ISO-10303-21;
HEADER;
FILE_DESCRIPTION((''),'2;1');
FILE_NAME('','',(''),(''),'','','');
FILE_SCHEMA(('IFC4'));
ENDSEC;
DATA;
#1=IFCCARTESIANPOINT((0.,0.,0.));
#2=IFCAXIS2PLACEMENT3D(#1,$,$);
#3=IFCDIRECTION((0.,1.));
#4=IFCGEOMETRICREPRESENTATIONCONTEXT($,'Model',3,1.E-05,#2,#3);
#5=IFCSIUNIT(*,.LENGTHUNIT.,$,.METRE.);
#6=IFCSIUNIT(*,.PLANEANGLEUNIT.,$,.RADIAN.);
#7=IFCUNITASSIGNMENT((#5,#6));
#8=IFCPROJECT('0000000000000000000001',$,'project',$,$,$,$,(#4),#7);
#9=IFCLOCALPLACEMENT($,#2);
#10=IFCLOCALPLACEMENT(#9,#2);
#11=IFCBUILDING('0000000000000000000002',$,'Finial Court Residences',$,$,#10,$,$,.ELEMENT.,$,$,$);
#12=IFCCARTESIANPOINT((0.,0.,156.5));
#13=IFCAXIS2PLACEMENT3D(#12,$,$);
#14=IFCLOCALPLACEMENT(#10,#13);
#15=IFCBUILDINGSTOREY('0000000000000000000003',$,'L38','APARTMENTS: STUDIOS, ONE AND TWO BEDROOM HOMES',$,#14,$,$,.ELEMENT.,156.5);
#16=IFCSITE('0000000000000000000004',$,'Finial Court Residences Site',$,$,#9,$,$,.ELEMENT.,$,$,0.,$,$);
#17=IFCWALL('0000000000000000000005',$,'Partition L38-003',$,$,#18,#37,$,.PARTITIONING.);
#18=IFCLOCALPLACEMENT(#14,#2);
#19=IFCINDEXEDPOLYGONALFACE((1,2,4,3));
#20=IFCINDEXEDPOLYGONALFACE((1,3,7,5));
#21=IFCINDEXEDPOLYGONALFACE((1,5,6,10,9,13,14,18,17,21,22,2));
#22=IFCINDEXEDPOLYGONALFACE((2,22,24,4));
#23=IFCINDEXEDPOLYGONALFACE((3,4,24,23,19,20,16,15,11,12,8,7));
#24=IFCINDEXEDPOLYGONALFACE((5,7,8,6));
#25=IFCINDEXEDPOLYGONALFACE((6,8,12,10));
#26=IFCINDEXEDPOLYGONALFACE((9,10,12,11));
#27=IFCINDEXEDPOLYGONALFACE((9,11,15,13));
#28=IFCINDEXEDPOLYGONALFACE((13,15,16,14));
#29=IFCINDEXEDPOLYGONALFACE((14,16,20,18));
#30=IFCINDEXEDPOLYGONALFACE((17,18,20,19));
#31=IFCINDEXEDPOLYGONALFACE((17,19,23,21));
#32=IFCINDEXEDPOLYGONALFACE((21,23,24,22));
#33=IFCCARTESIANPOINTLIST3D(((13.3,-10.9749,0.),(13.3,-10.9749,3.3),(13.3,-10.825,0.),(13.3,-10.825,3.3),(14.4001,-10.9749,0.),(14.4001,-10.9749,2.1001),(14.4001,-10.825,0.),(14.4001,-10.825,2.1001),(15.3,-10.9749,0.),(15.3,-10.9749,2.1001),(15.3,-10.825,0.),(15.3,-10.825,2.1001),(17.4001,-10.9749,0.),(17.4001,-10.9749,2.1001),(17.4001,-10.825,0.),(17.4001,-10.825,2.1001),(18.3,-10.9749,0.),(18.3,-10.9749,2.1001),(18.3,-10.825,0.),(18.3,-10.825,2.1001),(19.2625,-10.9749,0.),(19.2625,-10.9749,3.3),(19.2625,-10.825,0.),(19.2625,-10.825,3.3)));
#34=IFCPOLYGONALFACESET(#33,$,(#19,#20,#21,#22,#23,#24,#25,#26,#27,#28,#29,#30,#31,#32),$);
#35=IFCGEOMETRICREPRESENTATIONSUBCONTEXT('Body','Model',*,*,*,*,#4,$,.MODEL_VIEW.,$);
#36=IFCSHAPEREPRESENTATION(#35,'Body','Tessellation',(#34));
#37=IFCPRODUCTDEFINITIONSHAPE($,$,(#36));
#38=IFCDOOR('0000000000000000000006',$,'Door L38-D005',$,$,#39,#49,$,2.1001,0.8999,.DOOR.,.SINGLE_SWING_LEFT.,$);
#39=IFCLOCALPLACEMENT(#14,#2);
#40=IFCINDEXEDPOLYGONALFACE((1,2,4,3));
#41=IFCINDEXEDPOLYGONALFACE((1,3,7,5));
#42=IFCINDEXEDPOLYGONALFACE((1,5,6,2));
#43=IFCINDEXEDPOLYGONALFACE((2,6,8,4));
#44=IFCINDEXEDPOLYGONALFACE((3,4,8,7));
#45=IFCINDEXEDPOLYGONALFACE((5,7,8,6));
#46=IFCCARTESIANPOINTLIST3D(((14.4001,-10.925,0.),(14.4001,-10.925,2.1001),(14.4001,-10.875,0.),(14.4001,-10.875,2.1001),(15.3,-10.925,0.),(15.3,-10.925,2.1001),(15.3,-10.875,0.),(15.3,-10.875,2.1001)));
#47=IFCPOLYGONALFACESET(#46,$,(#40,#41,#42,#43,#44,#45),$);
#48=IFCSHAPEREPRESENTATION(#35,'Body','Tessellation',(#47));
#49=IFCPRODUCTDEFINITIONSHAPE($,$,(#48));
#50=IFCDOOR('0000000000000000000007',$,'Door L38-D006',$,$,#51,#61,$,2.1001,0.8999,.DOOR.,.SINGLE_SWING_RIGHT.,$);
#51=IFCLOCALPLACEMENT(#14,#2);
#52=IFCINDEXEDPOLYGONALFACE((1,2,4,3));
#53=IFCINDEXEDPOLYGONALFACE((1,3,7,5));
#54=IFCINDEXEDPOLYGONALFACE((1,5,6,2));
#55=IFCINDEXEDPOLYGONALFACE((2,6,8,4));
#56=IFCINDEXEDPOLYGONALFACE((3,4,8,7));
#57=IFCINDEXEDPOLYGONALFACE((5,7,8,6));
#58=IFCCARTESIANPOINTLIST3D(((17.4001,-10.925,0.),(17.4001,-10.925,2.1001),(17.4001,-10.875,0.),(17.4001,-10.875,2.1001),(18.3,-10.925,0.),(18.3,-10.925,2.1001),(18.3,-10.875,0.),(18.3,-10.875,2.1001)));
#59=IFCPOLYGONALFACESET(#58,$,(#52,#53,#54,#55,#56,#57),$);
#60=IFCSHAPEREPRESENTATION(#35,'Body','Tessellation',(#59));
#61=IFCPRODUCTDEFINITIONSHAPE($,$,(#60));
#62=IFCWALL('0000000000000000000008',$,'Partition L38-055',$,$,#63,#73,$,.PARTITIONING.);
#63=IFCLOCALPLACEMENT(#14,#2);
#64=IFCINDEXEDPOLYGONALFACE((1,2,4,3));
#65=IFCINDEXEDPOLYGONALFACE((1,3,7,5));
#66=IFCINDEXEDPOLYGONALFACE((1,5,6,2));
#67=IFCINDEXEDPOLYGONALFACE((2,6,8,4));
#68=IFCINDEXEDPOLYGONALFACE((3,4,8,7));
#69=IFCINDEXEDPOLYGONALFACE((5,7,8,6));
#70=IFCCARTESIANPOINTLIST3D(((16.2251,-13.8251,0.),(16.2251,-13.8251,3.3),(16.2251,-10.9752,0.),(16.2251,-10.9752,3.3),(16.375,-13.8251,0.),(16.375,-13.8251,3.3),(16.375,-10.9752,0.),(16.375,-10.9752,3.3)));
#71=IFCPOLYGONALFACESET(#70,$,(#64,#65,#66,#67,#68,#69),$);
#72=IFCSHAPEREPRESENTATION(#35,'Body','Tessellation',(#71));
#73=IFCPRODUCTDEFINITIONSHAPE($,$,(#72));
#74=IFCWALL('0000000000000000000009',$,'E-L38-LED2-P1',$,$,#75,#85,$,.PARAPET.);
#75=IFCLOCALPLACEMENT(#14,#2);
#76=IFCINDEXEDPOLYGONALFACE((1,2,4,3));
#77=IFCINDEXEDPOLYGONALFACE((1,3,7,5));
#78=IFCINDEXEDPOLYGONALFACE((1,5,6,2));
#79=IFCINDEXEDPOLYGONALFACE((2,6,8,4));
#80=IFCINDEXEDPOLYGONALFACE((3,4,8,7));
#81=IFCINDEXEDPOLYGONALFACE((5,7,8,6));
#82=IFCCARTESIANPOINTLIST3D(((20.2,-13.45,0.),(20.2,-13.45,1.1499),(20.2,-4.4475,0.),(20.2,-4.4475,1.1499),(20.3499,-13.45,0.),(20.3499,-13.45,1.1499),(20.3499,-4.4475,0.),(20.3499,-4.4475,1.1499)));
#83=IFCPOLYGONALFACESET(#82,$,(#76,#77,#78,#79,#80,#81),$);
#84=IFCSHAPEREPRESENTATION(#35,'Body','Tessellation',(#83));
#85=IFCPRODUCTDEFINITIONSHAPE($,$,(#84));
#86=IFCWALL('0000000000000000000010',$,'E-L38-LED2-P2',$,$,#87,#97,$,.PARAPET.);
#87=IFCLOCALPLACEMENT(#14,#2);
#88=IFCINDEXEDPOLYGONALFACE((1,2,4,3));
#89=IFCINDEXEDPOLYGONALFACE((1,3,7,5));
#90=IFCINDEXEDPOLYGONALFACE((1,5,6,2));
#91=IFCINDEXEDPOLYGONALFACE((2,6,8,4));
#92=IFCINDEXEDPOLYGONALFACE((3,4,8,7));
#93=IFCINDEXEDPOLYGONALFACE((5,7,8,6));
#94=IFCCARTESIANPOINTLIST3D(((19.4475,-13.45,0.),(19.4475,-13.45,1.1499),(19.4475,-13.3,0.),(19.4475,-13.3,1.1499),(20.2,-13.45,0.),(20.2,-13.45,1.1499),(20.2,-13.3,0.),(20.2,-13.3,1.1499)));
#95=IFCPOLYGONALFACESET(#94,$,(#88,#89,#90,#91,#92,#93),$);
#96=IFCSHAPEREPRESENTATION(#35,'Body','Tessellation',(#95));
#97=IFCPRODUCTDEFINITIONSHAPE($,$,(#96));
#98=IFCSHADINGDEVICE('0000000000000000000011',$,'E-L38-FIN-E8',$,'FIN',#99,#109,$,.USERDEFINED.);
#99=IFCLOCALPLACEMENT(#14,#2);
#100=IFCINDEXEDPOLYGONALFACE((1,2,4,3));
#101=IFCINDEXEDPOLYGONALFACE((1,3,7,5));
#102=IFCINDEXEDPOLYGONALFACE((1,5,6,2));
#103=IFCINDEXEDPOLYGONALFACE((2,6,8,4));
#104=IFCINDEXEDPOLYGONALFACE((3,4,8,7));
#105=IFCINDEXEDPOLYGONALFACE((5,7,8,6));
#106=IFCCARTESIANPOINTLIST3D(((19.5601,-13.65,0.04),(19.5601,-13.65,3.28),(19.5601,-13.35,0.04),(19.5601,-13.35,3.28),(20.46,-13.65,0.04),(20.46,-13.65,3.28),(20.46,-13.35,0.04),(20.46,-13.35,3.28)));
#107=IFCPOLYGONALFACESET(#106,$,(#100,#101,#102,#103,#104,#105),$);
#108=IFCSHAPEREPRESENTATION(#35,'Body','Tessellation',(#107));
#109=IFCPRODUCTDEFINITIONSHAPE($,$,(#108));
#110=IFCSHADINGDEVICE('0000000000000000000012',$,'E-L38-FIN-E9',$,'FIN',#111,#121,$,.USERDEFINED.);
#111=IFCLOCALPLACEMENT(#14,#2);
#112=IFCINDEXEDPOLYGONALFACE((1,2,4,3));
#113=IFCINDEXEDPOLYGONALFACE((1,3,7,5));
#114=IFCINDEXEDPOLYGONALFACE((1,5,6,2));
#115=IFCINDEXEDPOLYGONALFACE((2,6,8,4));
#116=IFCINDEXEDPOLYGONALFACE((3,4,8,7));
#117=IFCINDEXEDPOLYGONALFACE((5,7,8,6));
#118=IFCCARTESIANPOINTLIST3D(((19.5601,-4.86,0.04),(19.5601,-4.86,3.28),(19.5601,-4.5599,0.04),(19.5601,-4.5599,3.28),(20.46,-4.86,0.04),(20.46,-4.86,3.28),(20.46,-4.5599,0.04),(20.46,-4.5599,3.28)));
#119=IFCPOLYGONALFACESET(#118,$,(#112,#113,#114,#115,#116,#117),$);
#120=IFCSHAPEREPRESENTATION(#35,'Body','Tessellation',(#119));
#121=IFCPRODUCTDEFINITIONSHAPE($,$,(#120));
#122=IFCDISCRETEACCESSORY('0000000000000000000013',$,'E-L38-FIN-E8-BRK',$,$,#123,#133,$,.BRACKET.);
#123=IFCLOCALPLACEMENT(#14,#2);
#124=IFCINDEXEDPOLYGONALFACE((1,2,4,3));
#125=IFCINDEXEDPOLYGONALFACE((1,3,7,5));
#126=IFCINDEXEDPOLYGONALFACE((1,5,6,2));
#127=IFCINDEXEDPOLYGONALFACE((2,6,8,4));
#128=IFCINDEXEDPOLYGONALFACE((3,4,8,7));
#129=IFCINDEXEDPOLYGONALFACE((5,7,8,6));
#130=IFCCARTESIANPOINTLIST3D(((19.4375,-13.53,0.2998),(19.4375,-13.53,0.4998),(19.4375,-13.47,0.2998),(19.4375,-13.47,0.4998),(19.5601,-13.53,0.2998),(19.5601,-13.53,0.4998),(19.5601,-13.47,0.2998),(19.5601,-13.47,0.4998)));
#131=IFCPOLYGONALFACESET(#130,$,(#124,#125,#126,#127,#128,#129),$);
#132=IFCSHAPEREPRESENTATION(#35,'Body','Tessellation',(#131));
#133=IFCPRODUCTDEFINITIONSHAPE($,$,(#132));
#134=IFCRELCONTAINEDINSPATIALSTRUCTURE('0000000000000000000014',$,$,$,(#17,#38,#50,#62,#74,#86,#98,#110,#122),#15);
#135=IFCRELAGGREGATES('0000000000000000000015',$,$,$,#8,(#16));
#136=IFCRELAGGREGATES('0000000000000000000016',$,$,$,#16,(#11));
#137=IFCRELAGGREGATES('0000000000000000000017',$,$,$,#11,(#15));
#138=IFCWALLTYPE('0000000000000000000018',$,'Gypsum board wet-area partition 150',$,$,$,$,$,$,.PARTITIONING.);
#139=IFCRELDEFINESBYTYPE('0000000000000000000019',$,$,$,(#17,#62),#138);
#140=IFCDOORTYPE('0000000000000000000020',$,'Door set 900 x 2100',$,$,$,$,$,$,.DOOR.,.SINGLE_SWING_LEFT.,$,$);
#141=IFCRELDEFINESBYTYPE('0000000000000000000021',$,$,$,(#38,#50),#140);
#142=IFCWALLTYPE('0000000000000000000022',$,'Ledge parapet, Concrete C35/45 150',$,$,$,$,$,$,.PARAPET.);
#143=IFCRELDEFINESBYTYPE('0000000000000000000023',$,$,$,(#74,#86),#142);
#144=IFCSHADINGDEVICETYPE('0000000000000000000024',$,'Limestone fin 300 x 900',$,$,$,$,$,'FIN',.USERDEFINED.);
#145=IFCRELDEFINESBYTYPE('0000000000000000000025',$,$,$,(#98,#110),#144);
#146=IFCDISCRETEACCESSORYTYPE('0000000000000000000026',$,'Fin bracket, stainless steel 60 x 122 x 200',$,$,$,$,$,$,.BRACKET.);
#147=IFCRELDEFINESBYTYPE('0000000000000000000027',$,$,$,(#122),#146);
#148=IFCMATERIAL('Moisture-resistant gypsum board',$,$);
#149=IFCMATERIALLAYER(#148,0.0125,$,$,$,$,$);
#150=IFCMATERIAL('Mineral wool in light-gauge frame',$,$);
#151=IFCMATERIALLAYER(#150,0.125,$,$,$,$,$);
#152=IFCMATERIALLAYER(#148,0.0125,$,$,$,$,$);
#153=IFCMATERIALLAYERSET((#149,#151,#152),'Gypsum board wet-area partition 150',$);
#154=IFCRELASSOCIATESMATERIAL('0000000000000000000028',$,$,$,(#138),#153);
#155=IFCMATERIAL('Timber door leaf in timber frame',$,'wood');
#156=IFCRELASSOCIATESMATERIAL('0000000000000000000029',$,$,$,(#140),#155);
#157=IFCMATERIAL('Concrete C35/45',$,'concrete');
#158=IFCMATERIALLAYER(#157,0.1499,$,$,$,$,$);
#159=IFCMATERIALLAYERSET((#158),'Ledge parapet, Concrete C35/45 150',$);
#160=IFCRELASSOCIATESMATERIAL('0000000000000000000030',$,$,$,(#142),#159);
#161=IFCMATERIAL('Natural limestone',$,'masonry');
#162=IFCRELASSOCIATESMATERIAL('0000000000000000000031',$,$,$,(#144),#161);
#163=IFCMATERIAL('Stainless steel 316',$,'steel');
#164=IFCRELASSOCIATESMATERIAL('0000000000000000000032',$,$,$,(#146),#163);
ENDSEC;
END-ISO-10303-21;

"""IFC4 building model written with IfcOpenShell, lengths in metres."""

from ifc_helpers import new_model, si_unit, direction, frame, frame_2d, origin, origin_2d, place, context, subcontext, project, spatial, rectangle, extrude, material, layer, layer_set, type_object, element, fill, save


model = new_model("IFC4")

# Units and contexts
model_context = context("Model", 3, precision=1e-05, world=origin(), true_north=direction((0.0, 1.0)))
body_context = subcontext(model_context, "Body", "Model", "MODEL_VIEW")
ifc_project = project(units=[si_unit("LENGTHUNIT", "METRE"), si_unit("PLANEANGLEUNIT", "RADIAN")], contexts=[model_context])

# Site, building, storey
site_placement = place(None, origin())
site = spatial("IfcSite", under=ifc_project, at=site_placement, Name="Finial Court Residences Site", CompositionType="ELEMENT", RefElevation=0.0)
building_placement = place(site_placement, origin())
building = spatial("IfcBuilding", under=site, at=building_placement, Name="Finial Court Residences", CompositionType="ELEMENT")
storey_placement = place(building_placement, frame((0.0, 0.0, 156.5)))
storey = spatial("IfcBuildingStorey", under=building, at=storey_placement, Name="L38", Description="APARTMENTS: STUDIOS, ONE AND TWO BEDROOM HOMES", CompositionType="ELEMENT", Elevation=156.5)

# Wall, openings, doors
ifc_material_1 = material(Name="Moisture-resistant gypsum board")
ifc_layer_1 = layer(ifc_material_1, 0.0125)
ifc_material_2 = material(Name="Mineral wool in light-gauge frame")
ifc_layer_2 = layer(ifc_material_2, 0.125)
ifc_layer_3 = layer(ifc_material_1, 0.0125)
ifc_layer_set_1 = layer_set([ifc_layer_1, ifc_layer_2, ifc_layer_3], Name="Gypsum board wet-area partition 150")
wall_type_1 = type_object("IfcWallType", Name="Gypsum board wet-area partition 150", PredefinedType="PARTITIONING", material=ifc_layer_set_1)
wall_1_placement = place(storey_placement, frame((13.3, -10.8999, 0.0), z_axis=(0.0, 0.0, 1.0), x_axis=(1.0, 0.0, 0.0)))
wall_1 = element("IfcWall", 1, at=wall_1_placement, inside=storey, type_object=wall_type_1, Name="Partition L38-003", PredefinedType="PARTITIONING", context=body_context, shape_type="SweptSolid", body=[
    extrude(rectangle(XDim=5.9624, YDim=0.1499, at=frame_2d((2.9812, 0.0))), origin(), (0.0, 0.0, 1.0), 3.3),
])
opening_1_placement = place(wall_1_placement, frame((1.1001, 0.0, 0.0)))
opening_1 = element("IfcOpeningElement", 2, at=opening_1_placement, cuts=wall_1, PredefinedType="OPENING", context=body_context, shape_type="SweptSolid", body=[
    extrude(rectangle(XDim=0.8999, YDim=2.1001, at=frame_2d((0.45, 1.05))), frame((0.0, 0.085, 0.0), z_axis=(0.0, -1.0, 0.0), x_axis=(1.0, 0.0, 0.0)), (0.0, 0.0, 1.0), 0.1699),
])
opening_2_placement = place(wall_1_placement, frame((4.1001, 0.0, 0.0)))
opening_2 = element("IfcOpeningElement", 3, at=opening_2_placement, cuts=wall_1, PredefinedType="OPENING", context=body_context, shape_type="SweptSolid", body=[
    extrude(rectangle(XDim=0.8999, YDim=2.1001, at=frame_2d((0.45, 1.05))), frame((0.0, 0.085, 0.0), z_axis=(0.0, -1.0, 0.0), x_axis=(1.0, 0.0, 0.0)), (0.0, 0.0, 1.0), 0.1699),
])
ifc_material_3 = material(Name="Timber door leaf in timber frame", Category="wood")
door_type_1 = type_object("IfcDoorType", Name="Door set 900 x 2100", OperationType="SINGLE_SWING_LEFT", PredefinedType="DOOR", material=ifc_material_3)
door_1_placement = place(opening_1_placement, origin())
door_1 = element("IfcDoor", 4, at=door_1_placement, inside=storey, type_object=door_type_1, Name="Door L38-D005", OperationType="SINGLE_SWING_LEFT", OverallHeight=2.1001, OverallWidth=0.8999, PredefinedType="DOOR", context=body_context, shape_type="SweptSolid", body=[
    extrude(rectangle(XDim=0.8999, YDim=2.1001, at=frame_2d((0.45, 1.05))), frame((0.0, 0.0249, 0.0), z_axis=(0.0, -1.0, 0.0), x_axis=(1.0, 0.0, 0.0)), (0.0, 0.0, 1.0), 0.05),
])
fill(opening_1, door_1)
door_2_placement = place(opening_2_placement, origin())
door_2 = element("IfcDoor", 5, at=door_2_placement, inside=storey, type_object=door_type_1, Name="Door L38-D006", OperationType="SINGLE_SWING_RIGHT", OverallHeight=2.1001, OverallWidth=0.8999, PredefinedType="DOOR", context=body_context, shape_type="SweptSolid", body=[
    extrude(rectangle(XDim=0.8999, YDim=2.1001, at=frame_2d((0.45, 1.05))), frame((0.0, 0.0249, 0.0), z_axis=(0.0, -1.0, 0.0), x_axis=(1.0, 0.0, 0.0)), (0.0, 0.0, 1.0), 0.05),
])
fill(opening_2, door_2)

# Walls
wall_2_placement = place(storey_placement, frame((16.3, -13.825, 0.0), z_axis=(0.0, 0.0, 1.0), x_axis=(0.0, 1.0, 0.0)))
element("IfcWall", 6, at=wall_2_placement, inside=storey, type_object=wall_type_1, Name="Partition L38-055", PredefinedType="PARTITIONING", context=body_context, shape_type="SweptSolid", body=[
    extrude(rectangle(XDim=2.8499, YDim=0.1499, at=frame_2d((1.4248, 0.0))), origin(), (0.0, 0.0, 1.0), 3.3),
])
ifc_material_4 = material(Name="Concrete C35/45", Category="concrete")
ifc_layer_4 = layer(ifc_material_4, 0.1499)
ifc_layer_set_2 = layer_set([ifc_layer_4], Name="Ledge parapet, Concrete C35/45 150")
wall_type_2 = type_object("IfcWallType", Name="Ledge parapet, Concrete C35/45 150", PredefinedType="PARAPET", material=ifc_layer_set_2)
wall_3_placement = place(storey_placement, frame((20.2749, -4.4475, 0.0), z_axis=(0.0, 0.0, 1.0), x_axis=(0.0, -1.0, 0.0)))
element("IfcWall", 7, at=wall_3_placement, inside=storey, type_object=wall_type_2, Name="E-L38-LED2-P1", PredefinedType="PARAPET", context=body_context, shape_type="SweptSolid", body=[
    extrude(rectangle(XDim=9.0024, YDim=0.1499, at=frame_2d((4.5012, 0.0))), origin(), (0.0, 0.0, 1.0), 1.1499),
])
wall_4_placement = place(storey_placement, frame((20.2, -13.375, 0.0), z_axis=(0.0, 0.0, 1.0), x_axis=(-1.0, 0.0, 0.0)))
element("IfcWall", 8, at=wall_4_placement, inside=storey, type_object=wall_type_2, Name="E-L38-LED2-P2", PredefinedType="PARAPET", context=body_context, shape_type="SweptSolid", body=[
    extrude(rectangle(XDim=0.7524, YDim=0.1499, at=frame_2d((0.3762, 0.0))), origin(), (0.0, 0.0, 1.0), 1.1499),
])

# Shading devices
ifc_material_5 = material(Name="Natural limestone", Category="masonry")
shading_device_type = type_object("IfcShadingDeviceType", Name="Limestone fin 300 x 900", ElementType="FIN", PredefinedType="USERDEFINED", material=ifc_material_5)
for number, where, z_axis, x_axis, name in (
    (9, (20.01, -13.5, 0.04), (0.0, 0.0, 1.0), (1.0, 0.0, 0.0), "E-L38-FIN-E8"),
    (10, (20.01, -4.71, 0.04), (0.0, 0.0, 1.0), (1.0, 0.0, 0.0), "E-L38-FIN-E9"),
):
    element("IfcShadingDevice", number, at=place(storey_placement, frame(where, z_axis=z_axis, x_axis=x_axis)), inside=storey, type_object=shading_device_type, Name=name, ObjectType="FIN", PredefinedType="USERDEFINED", context=body_context, shape_type="SweptSolid", body=[
        extrude(rectangle(XDim=0.8999, YDim=0.3, at=origin_2d()), origin(), (0.0, 0.0, 1.0), 3.24),
    ])

# Discrete accessory
ifc_material_6 = material(Name="Stainless steel 316", Category="steel")
discrete_accessory_type = type_object("IfcDiscreteAccessoryType", Name="Fin bracket, stainless steel 60 x 122 x 200", PredefinedType="BRACKET", material=ifc_material_6)
discrete_accessory_placement = place(storey_placement, frame((19.4988, -13.5, 0.2998), z_axis=(0.0, 0.0, 1.0), x_axis=(1.0, 0.0, 0.0)))
element("IfcDiscreteAccessory", 11, at=discrete_accessory_placement, inside=storey, type_object=discrete_accessory_type, Name="E-L38-FIN-E8-BRK", PredefinedType="BRACKET", context=body_context, shape_type="SweptSolid", body=[
    extrude(rectangle(XDim=0.1226, YDim=0.0601, at=origin_2d()), origin(), (0.0, 0.0, 1.0), 0.2),
])

save(model, "model.ifc")
